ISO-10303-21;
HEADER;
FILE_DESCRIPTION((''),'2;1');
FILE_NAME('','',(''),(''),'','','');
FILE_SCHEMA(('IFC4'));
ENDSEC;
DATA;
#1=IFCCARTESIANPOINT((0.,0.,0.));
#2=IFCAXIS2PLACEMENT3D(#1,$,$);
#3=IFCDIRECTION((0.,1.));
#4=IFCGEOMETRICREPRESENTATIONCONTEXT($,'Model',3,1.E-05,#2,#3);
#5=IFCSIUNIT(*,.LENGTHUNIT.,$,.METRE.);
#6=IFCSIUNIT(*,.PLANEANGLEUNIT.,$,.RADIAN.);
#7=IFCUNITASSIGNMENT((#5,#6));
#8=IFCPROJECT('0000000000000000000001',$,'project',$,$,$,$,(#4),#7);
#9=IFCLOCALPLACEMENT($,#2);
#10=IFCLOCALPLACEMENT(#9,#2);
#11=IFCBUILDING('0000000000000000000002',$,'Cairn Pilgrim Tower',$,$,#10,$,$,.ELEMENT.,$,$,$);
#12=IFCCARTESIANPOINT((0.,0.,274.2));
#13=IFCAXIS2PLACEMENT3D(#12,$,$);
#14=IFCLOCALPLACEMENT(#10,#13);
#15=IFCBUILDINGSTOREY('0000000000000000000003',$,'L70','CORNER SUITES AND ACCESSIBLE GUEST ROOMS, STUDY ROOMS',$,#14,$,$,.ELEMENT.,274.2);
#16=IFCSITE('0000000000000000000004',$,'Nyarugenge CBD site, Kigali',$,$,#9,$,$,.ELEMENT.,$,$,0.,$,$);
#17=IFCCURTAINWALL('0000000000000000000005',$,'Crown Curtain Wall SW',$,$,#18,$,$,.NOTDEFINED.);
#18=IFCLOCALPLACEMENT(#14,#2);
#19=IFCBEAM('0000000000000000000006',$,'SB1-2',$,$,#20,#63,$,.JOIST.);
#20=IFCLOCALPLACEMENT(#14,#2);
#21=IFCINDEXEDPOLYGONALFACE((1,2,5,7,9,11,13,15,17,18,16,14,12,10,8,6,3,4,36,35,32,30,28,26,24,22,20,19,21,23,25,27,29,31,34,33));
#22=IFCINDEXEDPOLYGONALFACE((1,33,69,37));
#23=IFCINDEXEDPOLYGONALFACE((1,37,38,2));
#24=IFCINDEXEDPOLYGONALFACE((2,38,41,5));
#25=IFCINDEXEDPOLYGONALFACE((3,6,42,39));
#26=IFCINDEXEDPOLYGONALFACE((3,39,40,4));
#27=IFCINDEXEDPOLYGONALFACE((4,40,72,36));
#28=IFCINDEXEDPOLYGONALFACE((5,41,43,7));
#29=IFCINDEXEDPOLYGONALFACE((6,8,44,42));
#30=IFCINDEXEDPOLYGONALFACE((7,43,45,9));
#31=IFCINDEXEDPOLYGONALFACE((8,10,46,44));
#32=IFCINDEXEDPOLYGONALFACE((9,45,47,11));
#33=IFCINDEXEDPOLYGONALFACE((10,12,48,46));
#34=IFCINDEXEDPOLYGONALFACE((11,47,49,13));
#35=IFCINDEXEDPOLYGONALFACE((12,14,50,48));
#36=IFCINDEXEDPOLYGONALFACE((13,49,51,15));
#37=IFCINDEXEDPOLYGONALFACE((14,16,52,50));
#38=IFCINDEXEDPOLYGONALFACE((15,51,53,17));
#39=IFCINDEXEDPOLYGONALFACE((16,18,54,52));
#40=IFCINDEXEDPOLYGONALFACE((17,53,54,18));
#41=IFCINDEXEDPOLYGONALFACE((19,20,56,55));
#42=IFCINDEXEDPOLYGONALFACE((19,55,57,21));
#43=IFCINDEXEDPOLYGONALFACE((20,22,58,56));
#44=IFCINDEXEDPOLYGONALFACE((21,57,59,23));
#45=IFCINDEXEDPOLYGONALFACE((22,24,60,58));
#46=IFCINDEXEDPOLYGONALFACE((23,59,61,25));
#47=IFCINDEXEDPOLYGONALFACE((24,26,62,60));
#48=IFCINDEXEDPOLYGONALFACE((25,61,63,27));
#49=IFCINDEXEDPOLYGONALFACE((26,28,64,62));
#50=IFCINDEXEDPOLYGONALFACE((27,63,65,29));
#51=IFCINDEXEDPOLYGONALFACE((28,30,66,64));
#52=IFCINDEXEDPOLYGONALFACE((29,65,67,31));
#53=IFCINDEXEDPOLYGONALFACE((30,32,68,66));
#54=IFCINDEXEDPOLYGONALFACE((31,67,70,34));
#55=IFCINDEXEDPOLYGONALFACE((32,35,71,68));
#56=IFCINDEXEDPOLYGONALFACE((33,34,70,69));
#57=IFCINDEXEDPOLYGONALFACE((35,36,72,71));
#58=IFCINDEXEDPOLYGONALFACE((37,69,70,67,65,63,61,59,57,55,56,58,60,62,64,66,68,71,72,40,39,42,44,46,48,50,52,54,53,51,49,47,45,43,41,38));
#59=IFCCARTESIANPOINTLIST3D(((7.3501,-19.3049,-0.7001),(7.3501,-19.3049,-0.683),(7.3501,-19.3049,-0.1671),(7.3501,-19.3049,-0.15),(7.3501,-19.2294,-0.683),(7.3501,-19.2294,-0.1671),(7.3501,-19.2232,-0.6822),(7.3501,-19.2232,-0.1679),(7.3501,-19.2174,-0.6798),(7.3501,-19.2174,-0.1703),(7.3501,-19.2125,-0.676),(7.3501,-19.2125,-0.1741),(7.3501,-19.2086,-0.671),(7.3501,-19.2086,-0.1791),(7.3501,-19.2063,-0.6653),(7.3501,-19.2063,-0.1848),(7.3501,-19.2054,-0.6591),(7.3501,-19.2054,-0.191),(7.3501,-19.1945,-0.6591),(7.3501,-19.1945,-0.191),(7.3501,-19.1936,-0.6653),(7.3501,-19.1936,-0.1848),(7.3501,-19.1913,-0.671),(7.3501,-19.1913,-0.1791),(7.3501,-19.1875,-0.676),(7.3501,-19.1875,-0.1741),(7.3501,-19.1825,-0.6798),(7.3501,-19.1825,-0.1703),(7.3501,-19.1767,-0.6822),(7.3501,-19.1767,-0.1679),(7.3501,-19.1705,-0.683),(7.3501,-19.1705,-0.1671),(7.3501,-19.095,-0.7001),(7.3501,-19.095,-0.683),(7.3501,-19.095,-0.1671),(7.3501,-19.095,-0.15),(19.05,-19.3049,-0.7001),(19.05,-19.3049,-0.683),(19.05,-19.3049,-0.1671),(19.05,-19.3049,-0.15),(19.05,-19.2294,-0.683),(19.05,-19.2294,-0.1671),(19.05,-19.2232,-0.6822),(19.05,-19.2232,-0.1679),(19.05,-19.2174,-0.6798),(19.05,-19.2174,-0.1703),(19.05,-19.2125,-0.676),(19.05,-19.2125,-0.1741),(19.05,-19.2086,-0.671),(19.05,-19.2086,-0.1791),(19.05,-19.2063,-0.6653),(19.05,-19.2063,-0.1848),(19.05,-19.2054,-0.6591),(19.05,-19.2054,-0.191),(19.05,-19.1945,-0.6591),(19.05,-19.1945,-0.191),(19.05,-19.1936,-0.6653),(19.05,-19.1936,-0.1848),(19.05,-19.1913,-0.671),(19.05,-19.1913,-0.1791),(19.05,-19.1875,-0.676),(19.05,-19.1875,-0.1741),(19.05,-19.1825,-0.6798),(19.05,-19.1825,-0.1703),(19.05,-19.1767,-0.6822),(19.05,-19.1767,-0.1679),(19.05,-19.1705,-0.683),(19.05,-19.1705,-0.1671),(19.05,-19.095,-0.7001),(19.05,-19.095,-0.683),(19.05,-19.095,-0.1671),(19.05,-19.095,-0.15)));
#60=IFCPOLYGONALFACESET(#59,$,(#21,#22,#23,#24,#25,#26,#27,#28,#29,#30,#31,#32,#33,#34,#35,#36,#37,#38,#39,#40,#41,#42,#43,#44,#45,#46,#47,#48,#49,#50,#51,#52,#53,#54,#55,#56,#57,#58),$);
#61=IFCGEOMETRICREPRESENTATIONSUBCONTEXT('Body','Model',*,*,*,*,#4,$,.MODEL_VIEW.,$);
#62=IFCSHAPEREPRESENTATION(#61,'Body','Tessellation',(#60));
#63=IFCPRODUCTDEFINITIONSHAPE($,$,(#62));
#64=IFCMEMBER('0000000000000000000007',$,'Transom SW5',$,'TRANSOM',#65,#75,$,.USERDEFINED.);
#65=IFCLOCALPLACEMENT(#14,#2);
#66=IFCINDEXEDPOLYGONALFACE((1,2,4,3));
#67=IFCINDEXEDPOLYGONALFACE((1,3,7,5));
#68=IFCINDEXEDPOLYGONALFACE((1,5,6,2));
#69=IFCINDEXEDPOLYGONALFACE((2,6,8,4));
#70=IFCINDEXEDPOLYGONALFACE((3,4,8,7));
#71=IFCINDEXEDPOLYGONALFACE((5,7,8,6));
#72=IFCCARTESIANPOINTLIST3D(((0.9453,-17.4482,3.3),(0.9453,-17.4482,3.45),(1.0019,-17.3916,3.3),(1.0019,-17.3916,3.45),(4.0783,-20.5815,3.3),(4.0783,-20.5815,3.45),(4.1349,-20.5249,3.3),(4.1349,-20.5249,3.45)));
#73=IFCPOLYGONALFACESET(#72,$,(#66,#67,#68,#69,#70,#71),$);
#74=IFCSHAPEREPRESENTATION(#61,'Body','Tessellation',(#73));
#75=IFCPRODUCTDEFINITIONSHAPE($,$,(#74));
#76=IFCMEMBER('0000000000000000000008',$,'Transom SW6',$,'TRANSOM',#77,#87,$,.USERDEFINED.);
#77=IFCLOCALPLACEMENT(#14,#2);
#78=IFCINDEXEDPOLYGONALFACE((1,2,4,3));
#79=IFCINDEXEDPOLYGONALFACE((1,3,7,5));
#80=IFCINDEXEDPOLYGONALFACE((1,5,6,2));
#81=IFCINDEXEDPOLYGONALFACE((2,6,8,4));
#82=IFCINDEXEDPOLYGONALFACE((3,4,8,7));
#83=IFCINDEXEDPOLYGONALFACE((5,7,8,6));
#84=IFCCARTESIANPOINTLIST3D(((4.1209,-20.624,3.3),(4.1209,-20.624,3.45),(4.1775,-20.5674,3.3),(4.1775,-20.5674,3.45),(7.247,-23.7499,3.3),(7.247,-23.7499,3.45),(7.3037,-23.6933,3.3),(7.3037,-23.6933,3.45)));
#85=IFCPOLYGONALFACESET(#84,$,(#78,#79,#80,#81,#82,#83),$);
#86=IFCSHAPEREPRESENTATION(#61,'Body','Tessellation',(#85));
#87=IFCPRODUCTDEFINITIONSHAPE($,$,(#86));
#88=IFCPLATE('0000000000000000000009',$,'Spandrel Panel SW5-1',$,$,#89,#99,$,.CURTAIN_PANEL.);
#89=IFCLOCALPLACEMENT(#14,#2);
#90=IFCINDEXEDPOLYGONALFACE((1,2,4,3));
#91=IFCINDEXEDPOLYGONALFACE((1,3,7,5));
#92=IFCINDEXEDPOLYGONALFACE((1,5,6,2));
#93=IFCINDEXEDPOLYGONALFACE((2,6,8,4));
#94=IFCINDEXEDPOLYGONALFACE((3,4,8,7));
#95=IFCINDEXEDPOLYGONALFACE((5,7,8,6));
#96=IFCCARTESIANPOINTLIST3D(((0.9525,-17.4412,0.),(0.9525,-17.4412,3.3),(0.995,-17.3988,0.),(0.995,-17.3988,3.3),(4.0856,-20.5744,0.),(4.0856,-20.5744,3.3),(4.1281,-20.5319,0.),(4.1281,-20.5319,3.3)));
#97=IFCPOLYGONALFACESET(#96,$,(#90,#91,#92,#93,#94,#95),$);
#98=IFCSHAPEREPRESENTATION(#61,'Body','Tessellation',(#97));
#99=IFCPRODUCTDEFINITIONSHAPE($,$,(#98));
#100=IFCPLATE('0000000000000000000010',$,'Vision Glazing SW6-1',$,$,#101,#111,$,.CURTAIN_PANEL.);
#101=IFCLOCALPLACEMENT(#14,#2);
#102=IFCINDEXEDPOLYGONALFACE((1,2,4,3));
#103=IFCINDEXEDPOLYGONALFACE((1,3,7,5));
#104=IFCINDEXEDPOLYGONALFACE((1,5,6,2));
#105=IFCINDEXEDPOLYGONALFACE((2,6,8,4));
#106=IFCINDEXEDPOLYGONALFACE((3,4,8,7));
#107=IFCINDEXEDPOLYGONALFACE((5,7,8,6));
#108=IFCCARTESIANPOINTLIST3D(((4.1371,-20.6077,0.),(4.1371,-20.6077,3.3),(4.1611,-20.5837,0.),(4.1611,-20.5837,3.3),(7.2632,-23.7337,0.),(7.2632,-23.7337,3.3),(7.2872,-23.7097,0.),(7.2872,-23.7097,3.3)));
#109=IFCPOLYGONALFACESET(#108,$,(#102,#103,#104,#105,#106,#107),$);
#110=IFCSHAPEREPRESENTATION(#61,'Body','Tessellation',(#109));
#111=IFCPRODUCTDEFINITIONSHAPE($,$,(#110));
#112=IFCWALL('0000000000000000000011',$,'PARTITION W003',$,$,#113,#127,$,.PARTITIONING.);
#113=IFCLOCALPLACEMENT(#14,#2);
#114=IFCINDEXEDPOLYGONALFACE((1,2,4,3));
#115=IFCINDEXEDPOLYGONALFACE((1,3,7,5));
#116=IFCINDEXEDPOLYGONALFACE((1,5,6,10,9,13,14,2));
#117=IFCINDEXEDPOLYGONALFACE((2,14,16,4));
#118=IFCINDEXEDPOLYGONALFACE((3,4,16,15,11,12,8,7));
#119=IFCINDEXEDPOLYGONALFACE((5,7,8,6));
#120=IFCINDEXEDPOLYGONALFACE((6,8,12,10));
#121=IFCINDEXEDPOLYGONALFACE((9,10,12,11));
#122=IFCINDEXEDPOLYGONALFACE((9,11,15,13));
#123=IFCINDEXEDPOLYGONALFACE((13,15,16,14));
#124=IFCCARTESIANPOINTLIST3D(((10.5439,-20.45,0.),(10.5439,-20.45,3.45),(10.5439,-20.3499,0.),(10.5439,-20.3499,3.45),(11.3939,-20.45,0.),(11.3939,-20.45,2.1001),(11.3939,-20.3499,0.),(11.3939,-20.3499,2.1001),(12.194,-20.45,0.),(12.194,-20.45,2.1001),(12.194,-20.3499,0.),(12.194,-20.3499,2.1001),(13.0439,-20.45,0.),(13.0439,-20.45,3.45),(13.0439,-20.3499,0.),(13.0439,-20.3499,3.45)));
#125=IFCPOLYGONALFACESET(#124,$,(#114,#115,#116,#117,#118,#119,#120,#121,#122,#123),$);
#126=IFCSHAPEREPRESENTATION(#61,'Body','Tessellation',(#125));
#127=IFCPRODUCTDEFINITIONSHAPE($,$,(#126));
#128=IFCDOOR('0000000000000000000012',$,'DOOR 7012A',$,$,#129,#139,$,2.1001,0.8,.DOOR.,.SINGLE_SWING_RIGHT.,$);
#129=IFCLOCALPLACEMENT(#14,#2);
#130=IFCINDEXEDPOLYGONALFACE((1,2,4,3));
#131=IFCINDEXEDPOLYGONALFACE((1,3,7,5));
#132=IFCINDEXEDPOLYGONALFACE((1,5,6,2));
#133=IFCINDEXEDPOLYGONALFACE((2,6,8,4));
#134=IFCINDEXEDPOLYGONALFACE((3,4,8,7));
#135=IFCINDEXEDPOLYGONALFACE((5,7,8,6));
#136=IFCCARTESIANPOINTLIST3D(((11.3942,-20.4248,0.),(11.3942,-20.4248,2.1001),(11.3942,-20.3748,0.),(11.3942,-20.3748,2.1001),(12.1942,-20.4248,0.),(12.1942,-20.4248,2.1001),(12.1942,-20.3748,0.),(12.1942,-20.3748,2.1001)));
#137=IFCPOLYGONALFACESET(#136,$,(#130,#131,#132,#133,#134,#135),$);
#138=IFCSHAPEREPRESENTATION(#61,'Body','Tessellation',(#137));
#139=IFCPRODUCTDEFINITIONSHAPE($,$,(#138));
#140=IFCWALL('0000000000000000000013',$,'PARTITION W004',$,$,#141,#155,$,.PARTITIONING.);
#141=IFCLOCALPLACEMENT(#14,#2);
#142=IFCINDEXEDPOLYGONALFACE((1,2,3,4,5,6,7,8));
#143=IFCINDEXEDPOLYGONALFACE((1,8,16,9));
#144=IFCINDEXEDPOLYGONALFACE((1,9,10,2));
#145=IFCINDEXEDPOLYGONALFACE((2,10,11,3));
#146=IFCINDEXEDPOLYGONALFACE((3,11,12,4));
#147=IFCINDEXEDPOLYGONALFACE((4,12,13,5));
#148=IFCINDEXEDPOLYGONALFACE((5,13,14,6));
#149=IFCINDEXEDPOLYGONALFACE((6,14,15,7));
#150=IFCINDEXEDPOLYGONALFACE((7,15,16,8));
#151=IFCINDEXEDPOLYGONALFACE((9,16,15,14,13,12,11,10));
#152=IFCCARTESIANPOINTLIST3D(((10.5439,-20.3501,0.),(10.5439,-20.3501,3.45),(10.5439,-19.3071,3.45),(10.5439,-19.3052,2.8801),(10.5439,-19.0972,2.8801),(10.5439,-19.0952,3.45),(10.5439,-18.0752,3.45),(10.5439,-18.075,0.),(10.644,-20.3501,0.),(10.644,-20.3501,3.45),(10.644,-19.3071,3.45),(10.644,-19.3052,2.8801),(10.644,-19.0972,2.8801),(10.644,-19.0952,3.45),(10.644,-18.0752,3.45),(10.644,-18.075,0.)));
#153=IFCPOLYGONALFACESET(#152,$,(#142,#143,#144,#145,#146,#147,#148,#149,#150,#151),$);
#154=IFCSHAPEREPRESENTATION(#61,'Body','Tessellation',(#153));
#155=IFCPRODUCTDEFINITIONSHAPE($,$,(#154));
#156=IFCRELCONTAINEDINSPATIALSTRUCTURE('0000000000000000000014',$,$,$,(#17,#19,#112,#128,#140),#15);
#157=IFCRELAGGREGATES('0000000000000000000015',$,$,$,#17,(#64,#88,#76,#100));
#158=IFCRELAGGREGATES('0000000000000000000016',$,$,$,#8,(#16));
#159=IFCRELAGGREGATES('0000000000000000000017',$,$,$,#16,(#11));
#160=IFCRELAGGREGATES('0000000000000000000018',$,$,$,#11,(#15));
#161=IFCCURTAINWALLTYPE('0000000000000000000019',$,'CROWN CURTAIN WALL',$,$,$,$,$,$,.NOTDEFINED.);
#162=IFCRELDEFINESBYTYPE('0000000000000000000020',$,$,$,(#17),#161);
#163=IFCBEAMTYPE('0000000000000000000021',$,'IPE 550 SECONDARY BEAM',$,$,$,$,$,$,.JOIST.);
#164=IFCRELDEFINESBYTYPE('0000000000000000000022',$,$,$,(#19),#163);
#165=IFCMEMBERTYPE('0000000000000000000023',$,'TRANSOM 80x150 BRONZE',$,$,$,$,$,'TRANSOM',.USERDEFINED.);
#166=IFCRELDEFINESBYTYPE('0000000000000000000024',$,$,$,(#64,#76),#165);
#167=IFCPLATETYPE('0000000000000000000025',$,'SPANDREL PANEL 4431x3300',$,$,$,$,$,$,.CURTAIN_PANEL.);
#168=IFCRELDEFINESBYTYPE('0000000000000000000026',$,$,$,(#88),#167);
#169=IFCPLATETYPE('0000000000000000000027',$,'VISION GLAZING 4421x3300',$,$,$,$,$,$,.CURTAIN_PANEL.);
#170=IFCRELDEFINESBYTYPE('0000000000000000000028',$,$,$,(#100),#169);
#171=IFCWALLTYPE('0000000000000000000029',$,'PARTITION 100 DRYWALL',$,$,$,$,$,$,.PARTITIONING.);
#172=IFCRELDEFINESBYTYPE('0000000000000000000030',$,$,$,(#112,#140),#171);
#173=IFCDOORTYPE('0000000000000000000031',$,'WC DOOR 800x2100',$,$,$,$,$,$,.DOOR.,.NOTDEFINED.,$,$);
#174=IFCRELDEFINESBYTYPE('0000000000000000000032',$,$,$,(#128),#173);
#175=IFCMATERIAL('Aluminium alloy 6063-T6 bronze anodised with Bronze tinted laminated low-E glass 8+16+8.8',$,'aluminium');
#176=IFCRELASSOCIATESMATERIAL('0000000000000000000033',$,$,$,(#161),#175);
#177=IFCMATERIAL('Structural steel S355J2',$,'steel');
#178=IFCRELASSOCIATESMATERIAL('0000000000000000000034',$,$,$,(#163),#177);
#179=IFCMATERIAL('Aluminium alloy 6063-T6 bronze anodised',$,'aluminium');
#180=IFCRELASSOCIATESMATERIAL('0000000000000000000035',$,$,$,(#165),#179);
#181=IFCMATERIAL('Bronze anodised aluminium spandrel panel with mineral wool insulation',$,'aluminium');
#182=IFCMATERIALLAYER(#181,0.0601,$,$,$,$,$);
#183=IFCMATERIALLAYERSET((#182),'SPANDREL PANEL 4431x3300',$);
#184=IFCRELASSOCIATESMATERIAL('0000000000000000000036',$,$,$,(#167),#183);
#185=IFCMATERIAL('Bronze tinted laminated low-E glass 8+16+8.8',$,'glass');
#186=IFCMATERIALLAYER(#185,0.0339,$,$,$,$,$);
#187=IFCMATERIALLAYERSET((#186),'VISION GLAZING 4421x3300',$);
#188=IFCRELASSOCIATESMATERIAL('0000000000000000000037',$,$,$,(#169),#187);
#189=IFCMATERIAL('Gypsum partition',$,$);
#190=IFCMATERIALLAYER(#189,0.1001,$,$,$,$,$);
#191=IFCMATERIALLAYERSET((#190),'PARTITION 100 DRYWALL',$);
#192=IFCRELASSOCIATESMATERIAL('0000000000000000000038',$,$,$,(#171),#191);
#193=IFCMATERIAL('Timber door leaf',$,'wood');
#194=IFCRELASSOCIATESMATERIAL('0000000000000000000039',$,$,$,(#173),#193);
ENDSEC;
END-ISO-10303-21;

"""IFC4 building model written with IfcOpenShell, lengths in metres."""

from ifc_helpers import new_model, si_unit, direction, frame, frame_2d, origin, origin_2d, place, context, subcontext, project, spatial, polyline, rectangle, i_section, outline, extrude, material, layer, layer_set, material_profile, profile_set, type_object, element, fill, aggregate, save


model = new_model("IFC4")

# Units and contexts
model_context = context("Model", 3, precision=1e-05, world=origin(), true_north=direction((0.0, 1.0)))
body_context = subcontext(model_context, "Body", "Model", "MODEL_VIEW")
ifc_project = project(units=[si_unit("LENGTHUNIT", "METRE"), si_unit("PLANEANGLEUNIT", "RADIAN")], contexts=[model_context])

# Site, building, storey
site_placement = place(None, origin())
site = spatial("IfcSite", under=ifc_project, at=site_placement, Name="Nyarugenge CBD site, Kigali", CompositionType="ELEMENT", RefElevation=0.0)
building_placement = place(site_placement, origin())
building = spatial("IfcBuilding", under=site, at=building_placement, Name="Cairn Pilgrim Tower", CompositionType="ELEMENT")
storey_placement = place(building_placement, frame((0.0, 0.0, 274.2)))
storey = spatial("IfcBuildingStorey", under=building, at=storey_placement, Name="L70", Description="CORNER SUITES AND ACCESSIBLE GUEST ROOMS, STUDY ROOMS", CompositionType="ELEMENT", Elevation=274.2)

# Shared definitions
ifc_material_1 = material(Name="Structural steel S355J2", Category="steel")

# Curtain wall
ifc_material_2 = material(Name="Aluminium alloy 6063-T6 bronze anodised with Bronze tinted laminated low-E glass 8+16+8.8", Category="aluminium")
curtain_wall_type = type_object("IfcCurtainWallType", Name="CROWN CURTAIN WALL", PredefinedType="NOTDEFINED", material=ifc_material_2)
ifc_material_3 = material(Name="Aluminium alloy 6063-T6 bronze anodised", Category="aluminium")
curtain_wall_1_placement = place(storey_placement, origin())
curtain_wall_1 = element("IfcCurtainWall", 1, at=curtain_wall_1_placement, inside=storey, type_object=curtain_wall_type, Name="Crown Curtain Wall SW", PredefinedType="NOTDEFINED")

# Beam
ifc_material_profile_1 = material_profile(ifc_material_1, i_section(OverallWidth=0.21, OverallDepth=0.55, WebThickness=0.011, FlangeThickness=0.0171, FilletRadius=0.0239, at=origin_2d()), Name="IPE 550")
ifc_profile_set_1 = profile_set([ifc_material_profile_1], Name="Structural steel S355J2")
beam_type_1 = type_object("IfcBeamType", Name="IPE 550 SECONDARY BEAM", PredefinedType="JOIST", material=ifc_profile_set_1)
beam_1_placement = place(storey_placement, frame((7.3501, -19.2, -0.425), z_axis=(1.0, 0.0, 0.0), x_axis=(0.0, 1.0, 0.0)))
element("IfcBeam", 2, at=beam_1_placement, inside=storey, type_object=beam_type_1, Name="SB1-2", PredefinedType="JOIST", context=body_context, shape_type="SweptSolid", body=[
    extrude(i_section(OverallWidth=0.21, OverallDepth=0.55, WebThickness=0.011, FlangeThickness=0.0171, FilletRadius=0.0239, at=origin_2d()), origin(), (0.0, 0.0, 1.0), 11.7),
])

# Members
ifc_material_profile_2 = material_profile(ifc_material_3, rectangle(XDim=0.0801, YDim=0.1499, at=origin_2d()), Name="TRANSOM 80x150 BRONZE")
ifc_profile_set_2 = profile_set([ifc_material_profile_2], Name="Aluminium alloy 6063-T6 bronze anodised")
member_type_1 = type_object("IfcMemberType", Name="TRANSOM 80x150 BRONZE", ElementType="TRANSOM", PredefinedType="USERDEFINED", material=ifc_profile_set_2)
member_1_placement = place(storey_placement, frame((0.9736, -17.4199, 3.375), z_axis=(0.707079, -0.707134, 0.0), x_axis=(0.707134, 0.707079, 0.0)))
member_1 = element("IfcMember", 3, at=member_1_placement, type_object=member_type_1, Name="Transom SW5", ObjectType="TRANSOM", PredefinedType="USERDEFINED", context=body_context, shape_type="SweptSolid", body=[
    extrude(rectangle(XDim=0.0801, YDim=0.1499, at=origin_2d()), origin(), (0.0, 0.0, 1.0), 4.4309),
])
member_2_placement = place(storey_placement, frame((4.1492, -20.5957, 3.375), z_axis=(0.707134, -0.707079, 0.0), x_axis=(0.707079, 0.707134, 0.0)))
member_2 = element("IfcMember", 4, at=member_2_placement, type_object=member_type_1, Name="Transom SW6", ObjectType="TRANSOM", PredefinedType="USERDEFINED", context=body_context, shape_type="SweptSolid", body=[
    extrude(rectangle(XDim=0.0801, YDim=0.1499, at=origin_2d()), origin(), (0.0, 0.0, 1.0), 4.4209),
])

# Plates
ifc_material_4 = material(Name="Bronze anodised aluminium spandrel panel with mineral wool insulation", Category="aluminium")
ifc_layer_1 = layer(ifc_material_4, 0.0601)
ifc_layer_set_1 = layer_set([ifc_layer_1], Name="SPANDREL PANEL 4431x3300")
plate_type_1 = type_object("IfcPlateType", Name="SPANDREL PANEL 4431x3300", PredefinedType="CURTAIN_PANEL", material=ifc_layer_set_1)
plate_1_placement = place(storey_placement, frame((2.5403, -18.9866, 0.0), z_axis=(0.0, 0.0, 1.0), x_axis=(0.707107, -0.707107, 0.0)))
plate_1 = element("IfcPlate", 5, at=plate_1_placement, type_object=plate_type_1, Name="Spandrel Panel SW5-1", PredefinedType="CURTAIN_PANEL", context=body_context, shape_type="SweptSolid", body=[
    extrude(rectangle(XDim=4.4309, YDim=0.0601, at=origin_2d()), origin(), (0.0, 0.0, 1.0), 3.3),
])
ifc_material_5 = material(Name="Bronze tinted laminated low-E glass 8+16+8.8", Category="glass")
ifc_layer_2 = layer(ifc_material_5, 0.0339)
ifc_layer_set_2 = layer_set([ifc_layer_2], Name="VISION GLAZING 4421x3300")
plate_type_2 = type_object("IfcPlateType", Name="VISION GLAZING 4421x3300", PredefinedType="CURTAIN_PANEL", material=ifc_layer_set_2)
plate_2_placement = place(storey_placement, frame((5.7122, -22.1587, 0.0), z_axis=(0.0, 0.0, 1.0), x_axis=(0.707107, -0.707107, 0.0)))
plate_2 = element("IfcPlate", 6, at=plate_2_placement, type_object=plate_type_2, Name="Vision Glazing SW6-1", PredefinedType="CURTAIN_PANEL", context=body_context, shape_type="SweptSolid", body=[
    extrude(rectangle(XDim=4.4209, YDim=0.0339, at=origin_2d()), origin(), (0.0, 0.0, 1.0), 3.3),
])
aggregate(curtain_wall_1, [member_1, plate_1, member_2, plate_2])

# Wall, opening, door
ifc_material_6 = material(Name="Gypsum partition")
ifc_layer_3 = layer(ifc_material_6, 0.1001)
ifc_layer_set_3 = layer_set([ifc_layer_3], Name="PARTITION 100 DRYWALL")
wall_type_1 = type_object("IfcWallType", Name="PARTITION 100 DRYWALL", PredefinedType="PARTITIONING", material=ifc_layer_set_3)
wall_1_placement = place(storey_placement, frame((10.5439, -20.3999, 0.0), z_axis=(0.0, 0.0, 1.0), x_axis=(1.0, 0.0, 0.0)))
wall_1 = element("IfcWall", 7, at=wall_1_placement, inside=storey, type_object=wall_type_1, Name="PARTITION W003", PredefinedType="PARTITIONING", context=body_context, shape_type="SweptSolid", body=[
    extrude(rectangle(XDim=2.5, YDim=0.1001, at=frame_2d((1.25, 0.0))), origin(), (0.0, 0.0, 1.0), 3.45),
])
opening_1_placement = place(wall_1_placement, frame((0.8501, 0.0, 0.0)))
opening_1 = element("IfcOpeningElement", 8, at=opening_1_placement, cuts=wall_1, PredefinedType="OPENING", context=body_context, shape_type="SweptSolid", body=[
    extrude(rectangle(XDim=0.8, YDim=2.1001, at=frame_2d((0.3999, 1.05))), frame((0.0, 0.0601, 0.0), z_axis=(0.0, -1.0, 0.0), x_axis=(1.0, 0.0, 0.0)), (0.0, 0.0, 1.0), 0.1201),
])
ifc_material_7 = material(Name="Timber door leaf", Category="wood")
door_type_1 = type_object("IfcDoorType", Name="WC DOOR 800x2100", OperationType="NOTDEFINED", PredefinedType="DOOR", material=ifc_material_7)
door_1_placement = place(opening_1_placement, frame((0.8, 0.0, 0.0), z_axis=(0.0, 0.0, 1.0), x_axis=(-1.0, 0.0, 0.0)))
door_1 = element("IfcDoor", 9, at=door_1_placement, inside=storey, type_object=door_type_1, Name="DOOR 7012A", OperationType="SINGLE_SWING_RIGHT", OverallHeight=2.1001, OverallWidth=0.8, PredefinedType="DOOR", context=body_context, shape_type="SweptSolid", body=[
    extrude(rectangle(XDim=0.8, YDim=2.1001, at=frame_2d((0.3999, 1.05))), frame((0.0, 0.0249, 0.0), z_axis=(0.0, -1.0, 0.0), x_axis=(1.0, 0.0, 0.0)), (0.0, 0.0, 1.0), 0.05),
])
fill(opening_1, door_1)

# Wall
wall_2_placement = place(storey_placement, frame((10.594, -20.3501, 0.0), z_axis=(0.0, 0.0, 1.0), x_axis=(0.0, 1.0, 0.0)))
element("IfcWall", 10, at=wall_2_placement, inside=storey, type_object=wall_type_1, Name="PARTITION W004", PredefinedType="PARTITIONING", context=body_context, shape_type="SweptSolid", body=[
    extrude(outline(polyline([(0.0, 0.0), (2.2751, 0.0), (2.2749, 3.45), (1.2549, 3.45), (1.2529, 2.8801), (1.0449, 2.8801), (1.043, 3.45), (0.0, 3.45), (0.0, 0.0)])), frame((0.0, 0.05, 0.0), z_axis=(0.0, -1.0, 0.0), x_axis=(1.0, 0.0, 0.0)), (0.0, 0.0, 1.0), 0.1001),
])

save(model, "model.ifc")
